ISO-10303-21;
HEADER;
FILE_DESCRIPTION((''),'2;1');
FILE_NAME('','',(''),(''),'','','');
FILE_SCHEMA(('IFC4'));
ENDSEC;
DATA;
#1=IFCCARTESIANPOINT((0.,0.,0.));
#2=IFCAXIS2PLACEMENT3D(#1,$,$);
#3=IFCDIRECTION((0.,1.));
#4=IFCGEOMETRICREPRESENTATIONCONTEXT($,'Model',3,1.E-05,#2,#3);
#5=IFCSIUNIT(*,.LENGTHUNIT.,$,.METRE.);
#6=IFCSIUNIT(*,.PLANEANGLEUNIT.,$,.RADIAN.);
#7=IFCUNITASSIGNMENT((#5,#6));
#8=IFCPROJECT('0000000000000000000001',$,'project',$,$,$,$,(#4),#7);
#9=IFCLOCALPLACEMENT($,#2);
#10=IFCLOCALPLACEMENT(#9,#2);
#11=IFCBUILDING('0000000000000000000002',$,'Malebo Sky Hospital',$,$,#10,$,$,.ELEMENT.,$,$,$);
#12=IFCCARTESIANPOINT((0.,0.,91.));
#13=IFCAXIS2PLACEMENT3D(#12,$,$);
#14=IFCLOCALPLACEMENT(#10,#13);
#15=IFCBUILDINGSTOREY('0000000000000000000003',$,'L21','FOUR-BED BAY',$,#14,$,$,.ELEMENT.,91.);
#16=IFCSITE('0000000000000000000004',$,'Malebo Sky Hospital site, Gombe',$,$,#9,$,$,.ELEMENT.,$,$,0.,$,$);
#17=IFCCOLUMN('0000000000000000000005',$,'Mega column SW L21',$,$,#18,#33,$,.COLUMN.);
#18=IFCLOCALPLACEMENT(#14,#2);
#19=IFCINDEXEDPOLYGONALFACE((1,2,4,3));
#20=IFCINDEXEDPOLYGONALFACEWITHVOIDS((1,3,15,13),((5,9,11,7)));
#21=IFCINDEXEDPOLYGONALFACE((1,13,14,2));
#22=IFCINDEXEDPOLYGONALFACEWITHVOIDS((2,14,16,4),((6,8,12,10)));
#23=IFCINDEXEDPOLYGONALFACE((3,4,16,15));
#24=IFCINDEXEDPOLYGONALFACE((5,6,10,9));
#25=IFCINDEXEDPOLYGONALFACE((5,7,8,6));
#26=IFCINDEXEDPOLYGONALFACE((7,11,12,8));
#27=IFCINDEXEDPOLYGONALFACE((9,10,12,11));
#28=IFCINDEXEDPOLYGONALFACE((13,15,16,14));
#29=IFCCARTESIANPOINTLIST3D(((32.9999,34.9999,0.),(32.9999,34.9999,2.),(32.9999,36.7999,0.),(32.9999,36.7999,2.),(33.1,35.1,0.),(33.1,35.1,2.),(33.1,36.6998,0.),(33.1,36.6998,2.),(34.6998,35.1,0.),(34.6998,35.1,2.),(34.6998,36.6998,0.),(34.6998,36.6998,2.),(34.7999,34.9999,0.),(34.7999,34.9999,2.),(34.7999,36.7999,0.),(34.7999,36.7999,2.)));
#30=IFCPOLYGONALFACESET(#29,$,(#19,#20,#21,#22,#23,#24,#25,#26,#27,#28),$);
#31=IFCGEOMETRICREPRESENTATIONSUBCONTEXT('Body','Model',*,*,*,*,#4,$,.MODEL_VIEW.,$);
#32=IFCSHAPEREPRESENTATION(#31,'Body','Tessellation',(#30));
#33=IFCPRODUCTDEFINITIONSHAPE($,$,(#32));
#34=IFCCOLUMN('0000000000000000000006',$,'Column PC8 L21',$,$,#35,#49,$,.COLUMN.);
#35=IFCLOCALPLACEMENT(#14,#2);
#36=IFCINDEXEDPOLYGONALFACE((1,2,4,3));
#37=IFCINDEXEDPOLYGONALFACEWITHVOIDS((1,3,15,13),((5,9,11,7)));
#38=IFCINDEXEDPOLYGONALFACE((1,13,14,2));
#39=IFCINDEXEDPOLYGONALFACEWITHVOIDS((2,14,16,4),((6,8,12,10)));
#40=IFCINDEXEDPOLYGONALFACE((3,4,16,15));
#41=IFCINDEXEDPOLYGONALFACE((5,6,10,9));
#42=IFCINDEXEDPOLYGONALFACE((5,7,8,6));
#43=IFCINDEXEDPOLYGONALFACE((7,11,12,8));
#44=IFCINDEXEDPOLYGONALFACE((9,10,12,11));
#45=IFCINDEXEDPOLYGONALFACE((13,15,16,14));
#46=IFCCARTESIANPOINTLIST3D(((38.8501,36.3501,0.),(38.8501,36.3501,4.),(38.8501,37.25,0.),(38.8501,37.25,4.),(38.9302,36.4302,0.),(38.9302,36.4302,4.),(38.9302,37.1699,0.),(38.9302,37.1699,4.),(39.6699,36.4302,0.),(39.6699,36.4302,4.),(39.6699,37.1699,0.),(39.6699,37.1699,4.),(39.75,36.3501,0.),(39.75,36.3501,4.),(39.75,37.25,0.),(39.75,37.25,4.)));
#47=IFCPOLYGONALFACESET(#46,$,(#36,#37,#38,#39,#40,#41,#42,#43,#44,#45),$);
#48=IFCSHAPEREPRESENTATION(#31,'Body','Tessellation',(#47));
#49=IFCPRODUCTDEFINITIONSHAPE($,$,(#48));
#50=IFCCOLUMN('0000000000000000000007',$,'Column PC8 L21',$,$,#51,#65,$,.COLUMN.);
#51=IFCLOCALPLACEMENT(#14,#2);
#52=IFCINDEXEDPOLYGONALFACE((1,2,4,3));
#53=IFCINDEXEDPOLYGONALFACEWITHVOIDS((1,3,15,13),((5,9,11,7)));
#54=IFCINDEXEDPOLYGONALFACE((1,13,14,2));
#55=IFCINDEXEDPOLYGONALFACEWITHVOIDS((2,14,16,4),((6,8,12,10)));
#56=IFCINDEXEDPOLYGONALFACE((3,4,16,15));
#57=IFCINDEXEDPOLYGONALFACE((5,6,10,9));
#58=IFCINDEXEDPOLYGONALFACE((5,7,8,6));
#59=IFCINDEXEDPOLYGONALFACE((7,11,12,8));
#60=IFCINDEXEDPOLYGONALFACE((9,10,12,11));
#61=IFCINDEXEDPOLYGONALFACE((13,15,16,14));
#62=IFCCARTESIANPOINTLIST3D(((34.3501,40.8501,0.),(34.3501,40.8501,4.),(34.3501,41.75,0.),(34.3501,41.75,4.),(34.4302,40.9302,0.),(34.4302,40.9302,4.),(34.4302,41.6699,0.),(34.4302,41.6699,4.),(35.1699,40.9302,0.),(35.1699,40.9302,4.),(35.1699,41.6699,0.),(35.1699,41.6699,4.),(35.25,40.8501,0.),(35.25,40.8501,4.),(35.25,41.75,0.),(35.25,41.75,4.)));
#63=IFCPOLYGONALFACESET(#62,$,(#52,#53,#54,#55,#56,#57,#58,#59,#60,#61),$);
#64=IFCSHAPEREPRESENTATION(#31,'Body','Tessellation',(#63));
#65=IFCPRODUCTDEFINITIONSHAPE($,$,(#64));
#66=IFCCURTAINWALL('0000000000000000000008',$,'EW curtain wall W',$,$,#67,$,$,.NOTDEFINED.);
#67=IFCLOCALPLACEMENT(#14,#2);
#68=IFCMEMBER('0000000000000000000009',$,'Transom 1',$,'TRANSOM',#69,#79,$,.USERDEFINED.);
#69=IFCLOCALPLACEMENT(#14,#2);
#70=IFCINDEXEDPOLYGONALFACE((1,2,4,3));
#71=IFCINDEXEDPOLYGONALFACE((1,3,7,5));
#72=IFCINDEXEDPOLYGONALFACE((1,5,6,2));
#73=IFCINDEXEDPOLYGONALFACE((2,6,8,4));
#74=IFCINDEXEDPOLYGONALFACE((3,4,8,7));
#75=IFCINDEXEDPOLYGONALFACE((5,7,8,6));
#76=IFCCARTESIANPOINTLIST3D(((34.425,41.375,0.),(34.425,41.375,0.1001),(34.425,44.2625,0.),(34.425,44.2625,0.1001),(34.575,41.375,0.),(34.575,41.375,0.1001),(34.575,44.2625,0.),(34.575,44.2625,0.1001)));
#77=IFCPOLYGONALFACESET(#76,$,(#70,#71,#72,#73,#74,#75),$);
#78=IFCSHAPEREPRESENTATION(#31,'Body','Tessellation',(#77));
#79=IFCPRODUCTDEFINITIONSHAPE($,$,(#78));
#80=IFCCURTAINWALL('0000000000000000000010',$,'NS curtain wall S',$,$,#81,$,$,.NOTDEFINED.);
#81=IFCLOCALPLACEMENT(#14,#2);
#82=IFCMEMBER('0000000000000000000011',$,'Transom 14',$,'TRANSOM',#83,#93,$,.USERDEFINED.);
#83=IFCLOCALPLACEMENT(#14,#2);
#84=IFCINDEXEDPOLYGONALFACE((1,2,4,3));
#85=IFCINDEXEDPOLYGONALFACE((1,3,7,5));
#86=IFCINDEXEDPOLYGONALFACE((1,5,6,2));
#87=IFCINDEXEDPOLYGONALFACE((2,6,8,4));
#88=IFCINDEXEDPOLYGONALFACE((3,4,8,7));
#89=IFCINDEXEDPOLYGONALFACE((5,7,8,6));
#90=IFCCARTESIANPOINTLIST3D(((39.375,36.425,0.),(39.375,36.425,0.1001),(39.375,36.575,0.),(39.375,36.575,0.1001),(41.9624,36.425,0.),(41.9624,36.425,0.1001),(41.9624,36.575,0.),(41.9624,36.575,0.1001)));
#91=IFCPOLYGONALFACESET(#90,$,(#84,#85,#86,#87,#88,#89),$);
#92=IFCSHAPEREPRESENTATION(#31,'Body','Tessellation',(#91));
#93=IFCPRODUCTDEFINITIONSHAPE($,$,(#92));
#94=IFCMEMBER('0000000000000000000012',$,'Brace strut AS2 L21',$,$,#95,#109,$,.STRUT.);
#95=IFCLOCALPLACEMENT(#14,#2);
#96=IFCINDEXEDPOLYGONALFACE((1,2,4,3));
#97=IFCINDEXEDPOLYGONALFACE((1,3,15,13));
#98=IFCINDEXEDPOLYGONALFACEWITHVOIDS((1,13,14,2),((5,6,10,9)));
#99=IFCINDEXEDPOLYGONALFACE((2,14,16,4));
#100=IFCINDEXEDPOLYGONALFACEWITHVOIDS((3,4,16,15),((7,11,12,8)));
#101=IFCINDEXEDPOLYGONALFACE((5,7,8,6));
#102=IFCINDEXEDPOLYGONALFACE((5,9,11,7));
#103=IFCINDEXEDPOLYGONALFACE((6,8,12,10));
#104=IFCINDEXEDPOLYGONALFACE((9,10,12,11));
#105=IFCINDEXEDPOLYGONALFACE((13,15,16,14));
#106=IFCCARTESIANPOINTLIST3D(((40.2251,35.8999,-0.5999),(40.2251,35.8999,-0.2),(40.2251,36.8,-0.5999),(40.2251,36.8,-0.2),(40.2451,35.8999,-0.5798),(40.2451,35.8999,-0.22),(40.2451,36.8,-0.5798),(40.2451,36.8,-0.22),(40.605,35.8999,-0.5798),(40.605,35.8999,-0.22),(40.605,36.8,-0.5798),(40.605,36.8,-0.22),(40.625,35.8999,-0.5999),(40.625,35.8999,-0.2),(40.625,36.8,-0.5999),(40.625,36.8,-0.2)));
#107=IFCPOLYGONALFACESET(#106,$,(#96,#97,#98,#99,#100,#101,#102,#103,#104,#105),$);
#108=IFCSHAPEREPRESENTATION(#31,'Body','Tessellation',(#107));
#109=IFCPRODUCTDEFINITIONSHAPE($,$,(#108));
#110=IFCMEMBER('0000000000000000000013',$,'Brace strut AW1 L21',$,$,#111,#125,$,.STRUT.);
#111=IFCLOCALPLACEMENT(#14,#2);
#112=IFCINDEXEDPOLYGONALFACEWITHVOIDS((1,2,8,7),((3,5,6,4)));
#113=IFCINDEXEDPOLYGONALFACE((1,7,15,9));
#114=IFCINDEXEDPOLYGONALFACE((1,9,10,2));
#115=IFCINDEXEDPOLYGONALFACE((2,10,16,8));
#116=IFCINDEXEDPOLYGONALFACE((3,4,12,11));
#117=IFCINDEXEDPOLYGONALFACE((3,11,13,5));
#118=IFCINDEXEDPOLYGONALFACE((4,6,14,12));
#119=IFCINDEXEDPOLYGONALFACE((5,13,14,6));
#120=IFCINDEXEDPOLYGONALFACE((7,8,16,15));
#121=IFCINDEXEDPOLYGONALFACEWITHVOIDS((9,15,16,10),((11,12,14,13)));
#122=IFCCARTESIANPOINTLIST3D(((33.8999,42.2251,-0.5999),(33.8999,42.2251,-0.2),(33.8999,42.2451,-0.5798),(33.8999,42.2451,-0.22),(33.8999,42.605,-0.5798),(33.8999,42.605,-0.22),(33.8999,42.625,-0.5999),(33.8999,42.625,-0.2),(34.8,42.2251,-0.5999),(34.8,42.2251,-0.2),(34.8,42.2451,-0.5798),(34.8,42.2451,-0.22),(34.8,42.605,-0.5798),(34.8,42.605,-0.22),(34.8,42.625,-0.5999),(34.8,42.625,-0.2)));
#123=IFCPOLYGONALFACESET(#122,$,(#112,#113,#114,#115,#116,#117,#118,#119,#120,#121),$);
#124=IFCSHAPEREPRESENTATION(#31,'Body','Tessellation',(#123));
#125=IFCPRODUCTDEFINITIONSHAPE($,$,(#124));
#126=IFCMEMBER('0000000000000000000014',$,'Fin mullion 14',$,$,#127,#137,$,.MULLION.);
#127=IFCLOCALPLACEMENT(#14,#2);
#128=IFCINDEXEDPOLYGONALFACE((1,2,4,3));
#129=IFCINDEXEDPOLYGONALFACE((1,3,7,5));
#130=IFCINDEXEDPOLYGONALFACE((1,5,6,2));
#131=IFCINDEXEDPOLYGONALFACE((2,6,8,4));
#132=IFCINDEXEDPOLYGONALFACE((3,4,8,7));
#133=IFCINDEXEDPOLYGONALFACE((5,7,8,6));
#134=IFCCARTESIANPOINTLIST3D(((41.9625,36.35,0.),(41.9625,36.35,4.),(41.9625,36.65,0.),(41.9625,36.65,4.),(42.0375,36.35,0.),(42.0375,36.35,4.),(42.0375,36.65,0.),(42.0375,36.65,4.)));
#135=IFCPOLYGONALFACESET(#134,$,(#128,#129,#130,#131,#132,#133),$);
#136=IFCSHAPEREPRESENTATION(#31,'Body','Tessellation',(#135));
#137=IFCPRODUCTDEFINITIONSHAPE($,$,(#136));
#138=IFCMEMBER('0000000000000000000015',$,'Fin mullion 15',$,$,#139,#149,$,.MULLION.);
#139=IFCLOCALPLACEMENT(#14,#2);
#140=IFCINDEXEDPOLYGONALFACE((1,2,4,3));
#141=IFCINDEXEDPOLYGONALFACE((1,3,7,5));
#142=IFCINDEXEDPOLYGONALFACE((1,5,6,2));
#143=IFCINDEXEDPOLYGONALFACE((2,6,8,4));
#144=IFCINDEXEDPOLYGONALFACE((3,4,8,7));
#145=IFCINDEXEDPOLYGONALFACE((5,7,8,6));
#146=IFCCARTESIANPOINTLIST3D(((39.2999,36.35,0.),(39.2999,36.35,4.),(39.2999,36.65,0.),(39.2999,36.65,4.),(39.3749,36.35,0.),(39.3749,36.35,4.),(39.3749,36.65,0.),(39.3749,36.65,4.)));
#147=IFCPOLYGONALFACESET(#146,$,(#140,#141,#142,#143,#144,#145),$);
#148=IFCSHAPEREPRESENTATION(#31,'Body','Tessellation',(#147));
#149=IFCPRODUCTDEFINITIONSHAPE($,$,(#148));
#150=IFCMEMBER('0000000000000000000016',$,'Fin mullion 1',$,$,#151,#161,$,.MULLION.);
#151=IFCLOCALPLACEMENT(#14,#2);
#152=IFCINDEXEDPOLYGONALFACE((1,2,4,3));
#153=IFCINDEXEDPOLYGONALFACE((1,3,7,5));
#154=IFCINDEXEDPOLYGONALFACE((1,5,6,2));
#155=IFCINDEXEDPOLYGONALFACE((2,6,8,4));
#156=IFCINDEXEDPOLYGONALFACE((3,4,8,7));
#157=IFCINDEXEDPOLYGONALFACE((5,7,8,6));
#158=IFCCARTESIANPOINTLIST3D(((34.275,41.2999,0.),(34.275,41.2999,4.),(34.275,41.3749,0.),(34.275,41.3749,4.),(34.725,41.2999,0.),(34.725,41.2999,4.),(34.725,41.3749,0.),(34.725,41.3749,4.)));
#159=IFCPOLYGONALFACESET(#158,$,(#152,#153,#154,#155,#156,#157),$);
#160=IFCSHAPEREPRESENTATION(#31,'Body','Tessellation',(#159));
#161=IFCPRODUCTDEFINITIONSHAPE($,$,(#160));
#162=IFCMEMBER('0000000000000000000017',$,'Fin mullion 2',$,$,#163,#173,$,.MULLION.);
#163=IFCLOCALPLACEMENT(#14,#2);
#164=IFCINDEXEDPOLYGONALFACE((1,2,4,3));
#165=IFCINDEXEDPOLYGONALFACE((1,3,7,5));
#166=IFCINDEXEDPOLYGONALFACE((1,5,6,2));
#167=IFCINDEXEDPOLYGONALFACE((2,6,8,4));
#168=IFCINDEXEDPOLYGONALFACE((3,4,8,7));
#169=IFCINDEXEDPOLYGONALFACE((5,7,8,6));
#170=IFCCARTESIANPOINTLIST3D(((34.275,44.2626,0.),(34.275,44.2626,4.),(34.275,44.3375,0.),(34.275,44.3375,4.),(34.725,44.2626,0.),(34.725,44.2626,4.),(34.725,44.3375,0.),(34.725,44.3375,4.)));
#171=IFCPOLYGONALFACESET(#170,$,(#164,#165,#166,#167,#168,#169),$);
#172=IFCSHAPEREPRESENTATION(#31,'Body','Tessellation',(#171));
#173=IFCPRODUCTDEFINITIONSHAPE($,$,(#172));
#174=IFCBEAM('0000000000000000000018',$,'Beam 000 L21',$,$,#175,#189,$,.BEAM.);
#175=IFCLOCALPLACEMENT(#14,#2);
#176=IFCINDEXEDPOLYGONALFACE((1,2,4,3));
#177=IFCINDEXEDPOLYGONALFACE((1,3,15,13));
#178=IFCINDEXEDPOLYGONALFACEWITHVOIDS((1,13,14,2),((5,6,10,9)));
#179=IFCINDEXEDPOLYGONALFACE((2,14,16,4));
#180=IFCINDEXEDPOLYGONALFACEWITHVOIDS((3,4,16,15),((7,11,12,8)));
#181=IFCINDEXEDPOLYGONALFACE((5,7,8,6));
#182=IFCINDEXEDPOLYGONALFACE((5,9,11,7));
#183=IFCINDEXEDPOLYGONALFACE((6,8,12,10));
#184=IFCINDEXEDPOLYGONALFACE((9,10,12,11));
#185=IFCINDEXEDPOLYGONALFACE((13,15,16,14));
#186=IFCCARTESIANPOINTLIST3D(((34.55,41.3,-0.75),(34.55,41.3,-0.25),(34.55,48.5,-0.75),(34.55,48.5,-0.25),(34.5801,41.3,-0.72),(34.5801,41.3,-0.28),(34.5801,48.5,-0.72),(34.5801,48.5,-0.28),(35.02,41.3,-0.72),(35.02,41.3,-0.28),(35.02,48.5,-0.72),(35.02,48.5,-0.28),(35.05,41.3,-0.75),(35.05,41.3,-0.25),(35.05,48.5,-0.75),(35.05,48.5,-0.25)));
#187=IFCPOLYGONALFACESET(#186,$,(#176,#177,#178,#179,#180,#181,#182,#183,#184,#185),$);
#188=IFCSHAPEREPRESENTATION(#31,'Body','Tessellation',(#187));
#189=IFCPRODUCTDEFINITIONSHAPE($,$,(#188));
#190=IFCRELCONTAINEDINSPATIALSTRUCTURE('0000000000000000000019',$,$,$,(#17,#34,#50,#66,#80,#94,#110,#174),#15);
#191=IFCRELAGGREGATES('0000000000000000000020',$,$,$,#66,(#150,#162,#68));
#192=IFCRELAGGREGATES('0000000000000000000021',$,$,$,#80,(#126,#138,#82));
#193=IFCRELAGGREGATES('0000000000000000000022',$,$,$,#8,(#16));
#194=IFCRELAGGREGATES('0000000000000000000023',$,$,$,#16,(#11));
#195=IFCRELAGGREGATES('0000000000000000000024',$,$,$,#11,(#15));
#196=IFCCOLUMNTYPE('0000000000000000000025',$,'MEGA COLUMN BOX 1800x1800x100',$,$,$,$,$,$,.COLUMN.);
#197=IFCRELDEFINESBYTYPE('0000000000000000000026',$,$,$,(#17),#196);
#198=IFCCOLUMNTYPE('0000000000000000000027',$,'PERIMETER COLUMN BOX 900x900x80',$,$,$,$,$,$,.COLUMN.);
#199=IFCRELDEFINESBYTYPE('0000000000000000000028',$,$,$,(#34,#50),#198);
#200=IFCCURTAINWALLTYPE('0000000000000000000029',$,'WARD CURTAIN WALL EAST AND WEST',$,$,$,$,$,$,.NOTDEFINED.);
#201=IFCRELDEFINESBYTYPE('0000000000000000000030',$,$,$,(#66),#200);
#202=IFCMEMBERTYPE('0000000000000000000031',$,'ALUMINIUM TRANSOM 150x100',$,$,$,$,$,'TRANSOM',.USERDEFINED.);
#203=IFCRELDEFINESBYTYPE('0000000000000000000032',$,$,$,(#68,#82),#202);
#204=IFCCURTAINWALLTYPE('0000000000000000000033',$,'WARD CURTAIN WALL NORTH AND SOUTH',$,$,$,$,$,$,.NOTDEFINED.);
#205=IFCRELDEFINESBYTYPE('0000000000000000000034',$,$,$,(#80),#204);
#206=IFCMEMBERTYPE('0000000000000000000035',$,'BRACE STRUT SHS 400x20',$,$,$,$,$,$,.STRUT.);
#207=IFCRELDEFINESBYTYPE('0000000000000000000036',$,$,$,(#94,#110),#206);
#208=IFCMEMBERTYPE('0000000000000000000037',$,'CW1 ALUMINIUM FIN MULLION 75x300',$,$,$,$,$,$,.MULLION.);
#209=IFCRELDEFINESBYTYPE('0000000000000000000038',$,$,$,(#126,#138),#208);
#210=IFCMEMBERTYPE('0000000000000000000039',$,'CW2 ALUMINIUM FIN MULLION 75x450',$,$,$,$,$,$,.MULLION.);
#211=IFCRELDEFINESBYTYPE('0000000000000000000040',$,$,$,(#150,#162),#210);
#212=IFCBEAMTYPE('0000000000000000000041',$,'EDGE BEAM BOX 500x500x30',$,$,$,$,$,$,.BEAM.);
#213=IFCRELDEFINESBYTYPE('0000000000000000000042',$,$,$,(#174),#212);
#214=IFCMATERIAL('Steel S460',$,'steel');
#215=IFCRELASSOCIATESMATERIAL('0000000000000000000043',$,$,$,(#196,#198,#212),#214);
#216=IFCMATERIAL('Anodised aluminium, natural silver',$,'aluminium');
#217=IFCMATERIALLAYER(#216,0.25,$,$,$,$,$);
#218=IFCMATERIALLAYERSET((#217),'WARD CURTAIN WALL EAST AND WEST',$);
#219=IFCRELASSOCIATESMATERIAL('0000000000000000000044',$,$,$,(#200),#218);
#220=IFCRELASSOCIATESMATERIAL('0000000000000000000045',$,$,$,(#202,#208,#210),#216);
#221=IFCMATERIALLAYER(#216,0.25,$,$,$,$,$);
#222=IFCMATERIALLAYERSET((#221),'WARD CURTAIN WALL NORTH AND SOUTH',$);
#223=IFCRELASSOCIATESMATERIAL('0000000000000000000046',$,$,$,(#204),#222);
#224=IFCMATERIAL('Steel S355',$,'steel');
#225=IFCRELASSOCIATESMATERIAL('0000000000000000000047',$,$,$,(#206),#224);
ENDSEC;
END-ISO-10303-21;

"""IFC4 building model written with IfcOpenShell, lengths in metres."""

from ifc_helpers import new_model, si_unit, direction, frame, origin, origin_2d, place, context, subcontext, project, spatial, rectangle, hollow_rectangle, extrude, material, layer, layer_set, material_profile, profile_set, type_object, element, aggregate, save


model = new_model("IFC4")

# Units and contexts
model_context = context("Model", 3, precision=1e-05, world=origin(), true_north=direction((0.0, 1.0)))
body_context = subcontext(model_context, "Body", "Model", "MODEL_VIEW")
ifc_project = project(units=[si_unit("LENGTHUNIT", "METRE"), si_unit("PLANEANGLEUNIT", "RADIAN")], contexts=[model_context])

# Site, building, storey
site_placement = place(None, origin())
site = spatial("IfcSite", under=ifc_project, at=site_placement, Name="Malebo Sky Hospital site, Gombe", CompositionType="ELEMENT", RefElevation=0.0)
building_placement = place(site_placement, origin())
building = spatial("IfcBuilding", under=site, at=building_placement, Name="Malebo Sky Hospital", CompositionType="ELEMENT")
storey_placement = place(building_placement, frame((0.0, 0.0, 91.0)))
storey = spatial("IfcBuildingStorey", under=building, at=storey_placement, Name="L21", Description="FOUR-BED BAY", CompositionType="ELEMENT", Elevation=91.0)

# Columns
ifc_material_1 = material(Name="Steel S460", Category="steel")
ifc_material_profile_1 = material_profile(ifc_material_1, hollow_rectangle(XDim=1.8, YDim=1.8, WallThickness=0.1001, at=origin_2d()), Name="BOX 1800x1800x100")
ifc_profile_set_1 = profile_set([ifc_material_profile_1], Name="Steel S460")
column_type_1 = type_object("IfcColumnType", Name="MEGA COLUMN BOX 1800x1800x100", PredefinedType="COLUMN", material=ifc_profile_set_1)
column_placement = place(storey_placement, frame((33.8999, 35.8999, 0.0), z_axis=(0.0, 0.0, 1.0), x_axis=(1.0, 0.0, 0.0)))
element("IfcColumn", 1, at=column_placement, inside=storey, type_object=column_type_1, Name="Mega column SW L21", PredefinedType="COLUMN", context=body_context, shape_type="SweptSolid", body=[
    extrude(hollow_rectangle(XDim=1.8, YDim=1.8, WallThickness=0.1001, at=origin_2d()), origin(), (0.0, 0.0, 1.0), 2.0),
])
ifc_material_profile_2 = material_profile(ifc_material_1, hollow_rectangle(XDim=0.8999, YDim=0.8999, WallThickness=0.0801, at=origin_2d()), Name="BOX 900x900x80")
ifc_profile_set_2 = profile_set([ifc_material_profile_2], Name="Steel S460")
column_type_2 = type_object("IfcColumnType", Name="PERIMETER COLUMN BOX 900x900x80", PredefinedType="COLUMN", material=ifc_profile_set_2)
for number, where, z_axis, x_axis, name in (
    (2, (39.3, 36.8, 0.0), (0.0, 0.0, 1.0), (1.0, 0.0, 0.0), "Column PC8 L21"),
    (3, (34.8, 41.3, 0.0), (0.0, 0.0, 1.0), (1.0, 0.0, 0.0), "Column PC8 L21"),
):
    element("IfcColumn", number, at=place(storey_placement, frame(where, z_axis=z_axis, x_axis=x_axis)), inside=storey, type_object=column_type_2, Name=name, PredefinedType="COLUMN", context=body_context, shape_type="SweptSolid", body=[
        extrude(hollow_rectangle(XDim=0.8999, YDim=0.8999, WallThickness=0.0801, at=origin_2d()), origin(), (0.0, 0.0, 1.0), 4.0),
    ])

# Curtain walls, members
ifc_material_2 = material(Name="Anodised aluminium, natural silver", Category="aluminium")
ifc_layer_1 = layer(ifc_material_2, 0.25)
ifc_layer_set_1 = layer_set([ifc_layer_1], Name="WARD CURTAIN WALL EAST AND WEST")
curtain_wall_type_1 = type_object("IfcCurtainWallType", Name="WARD CURTAIN WALL EAST AND WEST", PredefinedType="NOTDEFINED", material=ifc_layer_set_1)
curtain_wall_1_placement = place(storey_placement, origin())
curtain_wall_1 = element("IfcCurtainWall", 4, at=curtain_wall_1_placement, inside=storey, type_object=curtain_wall_type_1, Name="EW curtain wall W", PredefinedType="NOTDEFINED")
ifc_material_profile_3 = material_profile(ifc_material_2, rectangle(XDim=0.1499, YDim=0.1001, at=origin_2d()), Name="ALUMINIUM TRANSOM 150x100")
ifc_profile_set_3 = profile_set([ifc_material_profile_3], Name="Anodised aluminium, natural silver")
member_type_1 = type_object("IfcMemberType", Name="ALUMINIUM TRANSOM 150x100", ElementType="TRANSOM", PredefinedType="USERDEFINED", material=ifc_profile_set_3)
member_1_placement = place(storey_placement, frame((34.5, 41.375, 0.05), z_axis=(0.0, 1.0, 0.0), x_axis=(-1.0, 0.0, 0.0)))
member_1 = element("IfcMember", 5, at=member_1_placement, type_object=member_type_1, Name="Transom 1", ObjectType="TRANSOM", PredefinedType="USERDEFINED", context=body_context, shape_type="SweptSolid", body=[
    extrude(rectangle(XDim=0.1499, YDim=0.1001, at=origin_2d()), origin(), (0.0, 0.0, 1.0), 2.8875),
])
ifc_layer_2 = layer(ifc_material_2, 0.25)
ifc_layer_set_2 = layer_set([ifc_layer_2], Name="WARD CURTAIN WALL NORTH AND SOUTH")
curtain_wall_type_2 = type_object("IfcCurtainWallType", Name="WARD CURTAIN WALL NORTH AND SOUTH", PredefinedType="NOTDEFINED", material=ifc_layer_set_2)
curtain_wall_2_placement = place(storey_placement, origin())
curtain_wall_2 = element("IfcCurtainWall", 6, at=curtain_wall_2_placement, inside=storey, type_object=curtain_wall_type_2, Name="NS curtain wall S", PredefinedType="NOTDEFINED")
member_2_placement = place(storey_placement, frame((41.9624, 36.5, 0.05), z_axis=(-1.0, 0.0, 0.0), x_axis=(0.0, -1.0, 0.0)))
member_2 = element("IfcMember", 7, at=member_2_placement, type_object=member_type_1, Name="Transom 14", ObjectType="TRANSOM", PredefinedType="USERDEFINED", context=body_context, shape_type="SweptSolid", body=[
    extrude(rectangle(XDim=0.1499, YDim=0.1001, at=origin_2d()), origin(), (0.0, 0.0, 1.0), 2.5874),
])

# Members
ifc_material_3 = material(Name="Steel S355", Category="steel")
ifc_material_profile_4 = material_profile(ifc_material_3, hollow_rectangle(XDim=0.3999, YDim=0.3999, WallThickness=0.02, at=origin_2d()), Name="SHS 400x20")
ifc_profile_set_4 = profile_set([ifc_material_profile_4], Name="Steel S355")
member_type_2 = type_object("IfcMemberType", Name="BRACE STRUT SHS 400x20", PredefinedType="STRUT", material=ifc_profile_set_4)
for number, where, z_axis, x_axis, name in (
    (8, (40.425, 35.8999, -0.3999), (0.0, 1.0, 0.0), (-1.0, 0.0, 0.0), "Brace strut AS2 L21"),
    (9, (33.8999, 42.425, -0.3999), (1.0, 0.0, 0.0), (0.0, 1.0, 0.0), "Brace strut AW1 L21"),
):
    element("IfcMember", number, at=place(storey_placement, frame(where, z_axis=z_axis, x_axis=x_axis)), inside=storey, type_object=member_type_2, Name=name, PredefinedType="STRUT", context=body_context, shape_type="SweptSolid", body=[
        extrude(hollow_rectangle(XDim=0.3999, YDim=0.3999, WallThickness=0.02, at=origin_2d()), origin(), (0.0, 0.0, 1.0), 0.9001),
    ])

# Members
ifc_material_profile_5 = material_profile(ifc_material_2, rectangle(XDim=0.075, YDim=0.3, at=origin_2d()), Name="CW1 ALUMINIUM FIN MULLION 75x300")
ifc_profile_set_5 = profile_set([ifc_material_profile_5], Name="Anodised aluminium, natural silver")
member_type_3 = type_object("IfcMemberType", Name="CW1 ALUMINIUM FIN MULLION 75x300", PredefinedType="MULLION", material=ifc_profile_set_5)
member_3_placement = place(storey_placement, frame((42.0, 36.5, 0.0), z_axis=(0.0, 0.0, 1.0), x_axis=(-1.0, 0.0, 0.0)))
member_3 = element("IfcMember", 10, at=member_3_placement, type_object=member_type_3, Name="Fin mullion 14", PredefinedType="MULLION", context=body_context, shape_type="SweptSolid", body=[
    extrude(rectangle(XDim=0.075, YDim=0.3, at=origin_2d()), origin(), (0.0, 0.0, 1.0), 4.0),
])
member_4_placement = place(storey_placement, frame((39.3374, 36.5, 0.0), z_axis=(0.0, 0.0, 1.0), x_axis=(-1.0, 0.0, 0.0)))
member_4 = element("IfcMember", 11, at=member_4_placement, type_object=member_type_3, Name="Fin mullion 15", PredefinedType="MULLION", context=body_context, shape_type="SweptSolid", body=[
    extrude(rectangle(XDim=0.075, YDim=0.3, at=origin_2d()), origin(), (0.0, 0.0, 1.0), 4.0),
])
ifc_material_profile_6 = material_profile(ifc_material_2, rectangle(XDim=0.075, YDim=0.45, at=origin_2d()), Name="CW2 ALUMINIUM FIN MULLION 75x450")
ifc_profile_set_6 = profile_set([ifc_material_profile_6], Name="Anodised aluminium, natural silver")
member_type_4 = type_object("IfcMemberType", Name="CW2 ALUMINIUM FIN MULLION 75x450", PredefinedType="MULLION", material=ifc_profile_set_6)
member_5_placement = place(storey_placement, frame((34.5, 41.3374, 0.0), z_axis=(0.0, 0.0, 1.0), x_axis=(0.0, 1.0, 0.0)))
member_5 = element("IfcMember", 12, at=member_5_placement, type_object=member_type_4, Name="Fin mullion 1", PredefinedType="MULLION", context=body_context, shape_type="SweptSolid", body=[
    extrude(rectangle(XDim=0.075, YDim=0.45, at=origin_2d()), origin(), (0.0, 0.0, 1.0), 4.0),
])
member_6_placement = place(storey_placement, frame((34.5, 44.3, 0.0), z_axis=(0.0, 0.0, 1.0), x_axis=(0.0, 1.0, 0.0)))
member_6 = element("IfcMember", 13, at=member_6_placement, type_object=member_type_4, Name="Fin mullion 2", PredefinedType="MULLION", context=body_context, shape_type="SweptSolid", body=[
    extrude(rectangle(XDim=0.075, YDim=0.45, at=origin_2d()), origin(), (0.0, 0.0, 1.0), 4.0),
])

# Beam
ifc_material_profile_7 = material_profile(ifc_material_1, hollow_rectangle(XDim=0.5, YDim=0.5, WallThickness=0.03, at=origin_2d()), Name="BOX 500x500x30")
ifc_profile_set_7 = profile_set([ifc_material_profile_7], Name="Steel S460")
beam_type_1 = type_object("IfcBeamType", Name="EDGE BEAM BOX 500x500x30", PredefinedType="BEAM", material=ifc_profile_set_7)
for number, where, z_axis, x_axis, name in (
    (14, (34.8, 41.3, -0.5), (0.0, 1.0, 0.0), (-1.0, 0.0, 0.0), "Beam 000 L21"),
):
    element("IfcBeam", number, at=place(storey_placement, frame(where, z_axis=z_axis, x_axis=x_axis)), inside=storey, type_object=beam_type_1, Name=name, PredefinedType="BEAM", context=body_context, shape_type="SweptSolid", body=[
        extrude(hollow_rectangle(XDim=0.5, YDim=0.5, WallThickness=0.03, at=origin_2d()), origin(), (0.0, 0.0, 1.0), 7.2),
    ])

aggregate(curtain_wall_1, [member_5, member_6, member_1])
aggregate(curtain_wall_2, [member_3, member_4, member_2])

save(model, "model.ifc")
